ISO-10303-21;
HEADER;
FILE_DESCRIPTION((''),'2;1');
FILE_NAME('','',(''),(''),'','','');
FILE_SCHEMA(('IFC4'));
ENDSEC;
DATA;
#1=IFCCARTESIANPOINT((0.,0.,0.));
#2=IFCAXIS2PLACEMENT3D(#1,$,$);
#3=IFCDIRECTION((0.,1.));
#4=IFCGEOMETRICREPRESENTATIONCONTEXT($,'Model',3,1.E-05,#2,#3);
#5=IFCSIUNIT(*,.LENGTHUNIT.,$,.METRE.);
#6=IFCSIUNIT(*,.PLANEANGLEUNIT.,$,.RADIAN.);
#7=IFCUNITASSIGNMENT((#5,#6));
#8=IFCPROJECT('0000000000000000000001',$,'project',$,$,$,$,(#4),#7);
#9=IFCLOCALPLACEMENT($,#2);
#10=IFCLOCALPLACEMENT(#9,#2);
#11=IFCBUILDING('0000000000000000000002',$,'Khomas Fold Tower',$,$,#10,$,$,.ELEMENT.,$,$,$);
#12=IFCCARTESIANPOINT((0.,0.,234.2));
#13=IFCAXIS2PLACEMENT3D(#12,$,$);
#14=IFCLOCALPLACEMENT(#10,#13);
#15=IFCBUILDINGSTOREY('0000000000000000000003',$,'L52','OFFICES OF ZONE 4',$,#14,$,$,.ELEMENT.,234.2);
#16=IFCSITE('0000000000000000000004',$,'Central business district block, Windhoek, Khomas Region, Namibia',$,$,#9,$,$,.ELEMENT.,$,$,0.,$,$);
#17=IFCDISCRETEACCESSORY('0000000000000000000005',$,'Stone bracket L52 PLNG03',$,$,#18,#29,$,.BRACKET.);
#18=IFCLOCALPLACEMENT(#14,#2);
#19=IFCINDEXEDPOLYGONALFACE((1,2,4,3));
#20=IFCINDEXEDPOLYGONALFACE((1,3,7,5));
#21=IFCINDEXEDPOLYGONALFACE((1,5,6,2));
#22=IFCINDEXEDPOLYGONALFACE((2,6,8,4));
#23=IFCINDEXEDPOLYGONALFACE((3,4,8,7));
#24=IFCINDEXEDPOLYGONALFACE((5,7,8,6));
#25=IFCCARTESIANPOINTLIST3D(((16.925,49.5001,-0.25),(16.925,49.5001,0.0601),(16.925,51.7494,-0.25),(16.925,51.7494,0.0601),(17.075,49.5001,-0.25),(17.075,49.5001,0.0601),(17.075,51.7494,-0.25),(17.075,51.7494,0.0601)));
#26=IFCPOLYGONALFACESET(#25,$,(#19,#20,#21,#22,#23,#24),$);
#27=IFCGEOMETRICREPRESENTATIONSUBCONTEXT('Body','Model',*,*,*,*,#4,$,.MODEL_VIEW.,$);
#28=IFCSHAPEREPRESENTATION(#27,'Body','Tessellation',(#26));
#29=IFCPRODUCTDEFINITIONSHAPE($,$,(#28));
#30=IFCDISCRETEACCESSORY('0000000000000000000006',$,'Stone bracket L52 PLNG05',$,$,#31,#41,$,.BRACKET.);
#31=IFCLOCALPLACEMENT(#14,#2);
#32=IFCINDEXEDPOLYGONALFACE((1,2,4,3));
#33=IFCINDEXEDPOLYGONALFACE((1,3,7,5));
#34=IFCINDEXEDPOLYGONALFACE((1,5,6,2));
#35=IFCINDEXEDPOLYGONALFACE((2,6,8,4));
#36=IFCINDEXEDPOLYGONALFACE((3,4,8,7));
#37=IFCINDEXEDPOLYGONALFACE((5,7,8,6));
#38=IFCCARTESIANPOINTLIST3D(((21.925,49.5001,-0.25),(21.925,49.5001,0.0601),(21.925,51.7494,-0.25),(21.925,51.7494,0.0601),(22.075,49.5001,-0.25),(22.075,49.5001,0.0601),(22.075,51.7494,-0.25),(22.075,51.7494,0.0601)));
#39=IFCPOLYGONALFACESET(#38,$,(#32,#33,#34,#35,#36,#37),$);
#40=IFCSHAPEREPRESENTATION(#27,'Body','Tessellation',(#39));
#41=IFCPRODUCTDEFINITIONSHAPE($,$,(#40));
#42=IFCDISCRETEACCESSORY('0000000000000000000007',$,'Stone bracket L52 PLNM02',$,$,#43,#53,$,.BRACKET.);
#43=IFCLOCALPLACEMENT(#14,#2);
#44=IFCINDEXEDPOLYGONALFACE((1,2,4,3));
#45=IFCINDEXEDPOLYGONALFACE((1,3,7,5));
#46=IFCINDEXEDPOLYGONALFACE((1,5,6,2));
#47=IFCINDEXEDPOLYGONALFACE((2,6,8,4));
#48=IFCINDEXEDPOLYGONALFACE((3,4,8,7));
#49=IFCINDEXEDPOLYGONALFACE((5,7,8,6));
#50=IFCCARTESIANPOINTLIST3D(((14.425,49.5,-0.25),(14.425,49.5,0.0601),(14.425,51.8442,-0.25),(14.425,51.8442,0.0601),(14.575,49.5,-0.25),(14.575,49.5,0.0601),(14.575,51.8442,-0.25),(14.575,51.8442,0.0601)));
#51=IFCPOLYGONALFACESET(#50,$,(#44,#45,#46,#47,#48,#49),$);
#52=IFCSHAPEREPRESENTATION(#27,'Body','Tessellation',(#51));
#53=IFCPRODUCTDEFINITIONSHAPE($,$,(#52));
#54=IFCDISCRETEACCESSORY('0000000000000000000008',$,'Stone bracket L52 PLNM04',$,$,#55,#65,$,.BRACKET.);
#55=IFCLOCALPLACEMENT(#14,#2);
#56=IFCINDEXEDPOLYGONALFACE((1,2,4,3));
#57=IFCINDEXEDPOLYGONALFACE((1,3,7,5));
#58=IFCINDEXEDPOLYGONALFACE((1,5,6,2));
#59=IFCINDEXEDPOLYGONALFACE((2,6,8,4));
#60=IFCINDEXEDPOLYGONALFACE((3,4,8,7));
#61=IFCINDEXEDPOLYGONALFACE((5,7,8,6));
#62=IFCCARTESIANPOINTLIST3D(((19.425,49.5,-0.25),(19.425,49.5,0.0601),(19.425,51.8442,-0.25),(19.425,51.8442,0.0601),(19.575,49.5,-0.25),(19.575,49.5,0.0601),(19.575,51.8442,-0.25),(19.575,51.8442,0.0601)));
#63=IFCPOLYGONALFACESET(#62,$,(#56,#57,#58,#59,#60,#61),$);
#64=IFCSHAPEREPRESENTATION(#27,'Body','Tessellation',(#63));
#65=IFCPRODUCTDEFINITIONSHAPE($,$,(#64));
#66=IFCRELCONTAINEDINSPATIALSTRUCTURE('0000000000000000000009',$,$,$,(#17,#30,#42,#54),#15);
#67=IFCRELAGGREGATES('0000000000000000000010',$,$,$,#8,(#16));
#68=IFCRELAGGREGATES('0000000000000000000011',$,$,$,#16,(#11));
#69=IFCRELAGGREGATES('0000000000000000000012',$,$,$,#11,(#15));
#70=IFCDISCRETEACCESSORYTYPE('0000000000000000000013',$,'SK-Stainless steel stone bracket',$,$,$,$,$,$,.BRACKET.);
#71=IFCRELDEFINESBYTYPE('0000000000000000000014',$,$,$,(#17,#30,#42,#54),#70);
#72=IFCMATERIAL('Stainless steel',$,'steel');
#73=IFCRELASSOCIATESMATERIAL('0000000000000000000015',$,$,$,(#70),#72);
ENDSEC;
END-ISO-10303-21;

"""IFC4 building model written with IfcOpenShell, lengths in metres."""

from ifc_helpers import new_model, si_unit, direction, frame, origin, origin_2d, place, context, subcontext, project, spatial, rectangle, extrude, source, transform, mapped, material, type_object, element, save


model = new_model("IFC4")

# Units and contexts
model_context = context("Model", 3, precision=1e-05, world=origin(), true_north=direction((0.0, 1.0)))
body_context = subcontext(model_context, "Body", "Model", "MODEL_VIEW")
ifc_project = project(units=[si_unit("LENGTHUNIT", "METRE"), si_unit("PLANEANGLEUNIT", "RADIAN")], contexts=[model_context])

# Site, building, storey
site_placement = place(None, origin())
site = spatial("IfcSite", under=ifc_project, at=site_placement, Name="Central business district block, Windhoek, Khomas Region, Namibia", CompositionType="ELEMENT", RefElevation=0.0)
building_placement = place(site_placement, origin())
building = spatial("IfcBuilding", under=site, at=building_placement, Name="Khomas Fold Tower", CompositionType="ELEMENT")
storey_placement = place(building_placement, frame((0.0, 0.0, 234.2)))
storey = spatial("IfcBuildingStorey", under=building, at=storey_placement, Name="L52", Description="OFFICES OF ZONE 4", CompositionType="ELEMENT", Elevation=234.2)

# Discrete accessories
ifc_material_1 = material(Name="Stainless steel", Category="steel")
discrete_accessory_type = type_object("IfcDiscreteAccessoryType", Name="SK-Stainless steel stone bracket", PredefinedType="BRACKET", material=ifc_material_1)
shared_shape_1 = source(origin(), body_context, "Body", "SweptSolid", [
    extrude(rectangle(XDim=2.2493, YDim=0.1499, at=origin_2d()), origin(), (0.0, 0.0, 1.0), 0.3101),
])
for number, where, z_axis, x_axis, name in (
    (1, (17.0, 50.6248, -0.25), (0.0, 0.0, 1.0), (0.0, 1.0, 0.0), "Stone bracket L52 PLNG03"),
    (2, (22.0, 50.6248, -0.25), (0.0, 0.0, 1.0), (0.0, 1.0, 0.0), "Stone bracket L52 PLNG05"),
):
    element("IfcDiscreteAccessory", number, at=place(storey_placement, frame(where, z_axis=z_axis, x_axis=x_axis)), inside=storey, type_object=discrete_accessory_type, Name=name, PredefinedType="BRACKET", context=body_context, shape_type="MappedRepresentation", body=[
        mapped(shared_shape_1, transform((0.0, 0.0, 0.0))),
    ])
shared_shape_2 = source(origin(), body_context, "Body", "SweptSolid", [
    extrude(rectangle(XDim=2.3442, YDim=0.1499, at=origin_2d()), origin(), (0.0, 0.0, 1.0), 0.3101),
])
for number, where, z_axis, x_axis, name in (
    (3, (14.5, 50.6721, -0.25), (0.0, 0.0, 1.0), (0.0, 1.0, 0.0), "Stone bracket L52 PLNM02"),
    (4, (19.5, 50.6721, -0.25), (0.0, 0.0, 1.0), (0.0, 1.0, 0.0), "Stone bracket L52 PLNM04"),
):
    element("IfcDiscreteAccessory", number, at=place(storey_placement, frame(where, z_axis=z_axis, x_axis=x_axis)), inside=storey, type_object=discrete_accessory_type, Name=name, PredefinedType="BRACKET", context=body_context, shape_type="MappedRepresentation", body=[
        mapped(shared_shape_2, transform((0.0, 0.0, 0.0))),
    ])

save(model, "model.ifc")
